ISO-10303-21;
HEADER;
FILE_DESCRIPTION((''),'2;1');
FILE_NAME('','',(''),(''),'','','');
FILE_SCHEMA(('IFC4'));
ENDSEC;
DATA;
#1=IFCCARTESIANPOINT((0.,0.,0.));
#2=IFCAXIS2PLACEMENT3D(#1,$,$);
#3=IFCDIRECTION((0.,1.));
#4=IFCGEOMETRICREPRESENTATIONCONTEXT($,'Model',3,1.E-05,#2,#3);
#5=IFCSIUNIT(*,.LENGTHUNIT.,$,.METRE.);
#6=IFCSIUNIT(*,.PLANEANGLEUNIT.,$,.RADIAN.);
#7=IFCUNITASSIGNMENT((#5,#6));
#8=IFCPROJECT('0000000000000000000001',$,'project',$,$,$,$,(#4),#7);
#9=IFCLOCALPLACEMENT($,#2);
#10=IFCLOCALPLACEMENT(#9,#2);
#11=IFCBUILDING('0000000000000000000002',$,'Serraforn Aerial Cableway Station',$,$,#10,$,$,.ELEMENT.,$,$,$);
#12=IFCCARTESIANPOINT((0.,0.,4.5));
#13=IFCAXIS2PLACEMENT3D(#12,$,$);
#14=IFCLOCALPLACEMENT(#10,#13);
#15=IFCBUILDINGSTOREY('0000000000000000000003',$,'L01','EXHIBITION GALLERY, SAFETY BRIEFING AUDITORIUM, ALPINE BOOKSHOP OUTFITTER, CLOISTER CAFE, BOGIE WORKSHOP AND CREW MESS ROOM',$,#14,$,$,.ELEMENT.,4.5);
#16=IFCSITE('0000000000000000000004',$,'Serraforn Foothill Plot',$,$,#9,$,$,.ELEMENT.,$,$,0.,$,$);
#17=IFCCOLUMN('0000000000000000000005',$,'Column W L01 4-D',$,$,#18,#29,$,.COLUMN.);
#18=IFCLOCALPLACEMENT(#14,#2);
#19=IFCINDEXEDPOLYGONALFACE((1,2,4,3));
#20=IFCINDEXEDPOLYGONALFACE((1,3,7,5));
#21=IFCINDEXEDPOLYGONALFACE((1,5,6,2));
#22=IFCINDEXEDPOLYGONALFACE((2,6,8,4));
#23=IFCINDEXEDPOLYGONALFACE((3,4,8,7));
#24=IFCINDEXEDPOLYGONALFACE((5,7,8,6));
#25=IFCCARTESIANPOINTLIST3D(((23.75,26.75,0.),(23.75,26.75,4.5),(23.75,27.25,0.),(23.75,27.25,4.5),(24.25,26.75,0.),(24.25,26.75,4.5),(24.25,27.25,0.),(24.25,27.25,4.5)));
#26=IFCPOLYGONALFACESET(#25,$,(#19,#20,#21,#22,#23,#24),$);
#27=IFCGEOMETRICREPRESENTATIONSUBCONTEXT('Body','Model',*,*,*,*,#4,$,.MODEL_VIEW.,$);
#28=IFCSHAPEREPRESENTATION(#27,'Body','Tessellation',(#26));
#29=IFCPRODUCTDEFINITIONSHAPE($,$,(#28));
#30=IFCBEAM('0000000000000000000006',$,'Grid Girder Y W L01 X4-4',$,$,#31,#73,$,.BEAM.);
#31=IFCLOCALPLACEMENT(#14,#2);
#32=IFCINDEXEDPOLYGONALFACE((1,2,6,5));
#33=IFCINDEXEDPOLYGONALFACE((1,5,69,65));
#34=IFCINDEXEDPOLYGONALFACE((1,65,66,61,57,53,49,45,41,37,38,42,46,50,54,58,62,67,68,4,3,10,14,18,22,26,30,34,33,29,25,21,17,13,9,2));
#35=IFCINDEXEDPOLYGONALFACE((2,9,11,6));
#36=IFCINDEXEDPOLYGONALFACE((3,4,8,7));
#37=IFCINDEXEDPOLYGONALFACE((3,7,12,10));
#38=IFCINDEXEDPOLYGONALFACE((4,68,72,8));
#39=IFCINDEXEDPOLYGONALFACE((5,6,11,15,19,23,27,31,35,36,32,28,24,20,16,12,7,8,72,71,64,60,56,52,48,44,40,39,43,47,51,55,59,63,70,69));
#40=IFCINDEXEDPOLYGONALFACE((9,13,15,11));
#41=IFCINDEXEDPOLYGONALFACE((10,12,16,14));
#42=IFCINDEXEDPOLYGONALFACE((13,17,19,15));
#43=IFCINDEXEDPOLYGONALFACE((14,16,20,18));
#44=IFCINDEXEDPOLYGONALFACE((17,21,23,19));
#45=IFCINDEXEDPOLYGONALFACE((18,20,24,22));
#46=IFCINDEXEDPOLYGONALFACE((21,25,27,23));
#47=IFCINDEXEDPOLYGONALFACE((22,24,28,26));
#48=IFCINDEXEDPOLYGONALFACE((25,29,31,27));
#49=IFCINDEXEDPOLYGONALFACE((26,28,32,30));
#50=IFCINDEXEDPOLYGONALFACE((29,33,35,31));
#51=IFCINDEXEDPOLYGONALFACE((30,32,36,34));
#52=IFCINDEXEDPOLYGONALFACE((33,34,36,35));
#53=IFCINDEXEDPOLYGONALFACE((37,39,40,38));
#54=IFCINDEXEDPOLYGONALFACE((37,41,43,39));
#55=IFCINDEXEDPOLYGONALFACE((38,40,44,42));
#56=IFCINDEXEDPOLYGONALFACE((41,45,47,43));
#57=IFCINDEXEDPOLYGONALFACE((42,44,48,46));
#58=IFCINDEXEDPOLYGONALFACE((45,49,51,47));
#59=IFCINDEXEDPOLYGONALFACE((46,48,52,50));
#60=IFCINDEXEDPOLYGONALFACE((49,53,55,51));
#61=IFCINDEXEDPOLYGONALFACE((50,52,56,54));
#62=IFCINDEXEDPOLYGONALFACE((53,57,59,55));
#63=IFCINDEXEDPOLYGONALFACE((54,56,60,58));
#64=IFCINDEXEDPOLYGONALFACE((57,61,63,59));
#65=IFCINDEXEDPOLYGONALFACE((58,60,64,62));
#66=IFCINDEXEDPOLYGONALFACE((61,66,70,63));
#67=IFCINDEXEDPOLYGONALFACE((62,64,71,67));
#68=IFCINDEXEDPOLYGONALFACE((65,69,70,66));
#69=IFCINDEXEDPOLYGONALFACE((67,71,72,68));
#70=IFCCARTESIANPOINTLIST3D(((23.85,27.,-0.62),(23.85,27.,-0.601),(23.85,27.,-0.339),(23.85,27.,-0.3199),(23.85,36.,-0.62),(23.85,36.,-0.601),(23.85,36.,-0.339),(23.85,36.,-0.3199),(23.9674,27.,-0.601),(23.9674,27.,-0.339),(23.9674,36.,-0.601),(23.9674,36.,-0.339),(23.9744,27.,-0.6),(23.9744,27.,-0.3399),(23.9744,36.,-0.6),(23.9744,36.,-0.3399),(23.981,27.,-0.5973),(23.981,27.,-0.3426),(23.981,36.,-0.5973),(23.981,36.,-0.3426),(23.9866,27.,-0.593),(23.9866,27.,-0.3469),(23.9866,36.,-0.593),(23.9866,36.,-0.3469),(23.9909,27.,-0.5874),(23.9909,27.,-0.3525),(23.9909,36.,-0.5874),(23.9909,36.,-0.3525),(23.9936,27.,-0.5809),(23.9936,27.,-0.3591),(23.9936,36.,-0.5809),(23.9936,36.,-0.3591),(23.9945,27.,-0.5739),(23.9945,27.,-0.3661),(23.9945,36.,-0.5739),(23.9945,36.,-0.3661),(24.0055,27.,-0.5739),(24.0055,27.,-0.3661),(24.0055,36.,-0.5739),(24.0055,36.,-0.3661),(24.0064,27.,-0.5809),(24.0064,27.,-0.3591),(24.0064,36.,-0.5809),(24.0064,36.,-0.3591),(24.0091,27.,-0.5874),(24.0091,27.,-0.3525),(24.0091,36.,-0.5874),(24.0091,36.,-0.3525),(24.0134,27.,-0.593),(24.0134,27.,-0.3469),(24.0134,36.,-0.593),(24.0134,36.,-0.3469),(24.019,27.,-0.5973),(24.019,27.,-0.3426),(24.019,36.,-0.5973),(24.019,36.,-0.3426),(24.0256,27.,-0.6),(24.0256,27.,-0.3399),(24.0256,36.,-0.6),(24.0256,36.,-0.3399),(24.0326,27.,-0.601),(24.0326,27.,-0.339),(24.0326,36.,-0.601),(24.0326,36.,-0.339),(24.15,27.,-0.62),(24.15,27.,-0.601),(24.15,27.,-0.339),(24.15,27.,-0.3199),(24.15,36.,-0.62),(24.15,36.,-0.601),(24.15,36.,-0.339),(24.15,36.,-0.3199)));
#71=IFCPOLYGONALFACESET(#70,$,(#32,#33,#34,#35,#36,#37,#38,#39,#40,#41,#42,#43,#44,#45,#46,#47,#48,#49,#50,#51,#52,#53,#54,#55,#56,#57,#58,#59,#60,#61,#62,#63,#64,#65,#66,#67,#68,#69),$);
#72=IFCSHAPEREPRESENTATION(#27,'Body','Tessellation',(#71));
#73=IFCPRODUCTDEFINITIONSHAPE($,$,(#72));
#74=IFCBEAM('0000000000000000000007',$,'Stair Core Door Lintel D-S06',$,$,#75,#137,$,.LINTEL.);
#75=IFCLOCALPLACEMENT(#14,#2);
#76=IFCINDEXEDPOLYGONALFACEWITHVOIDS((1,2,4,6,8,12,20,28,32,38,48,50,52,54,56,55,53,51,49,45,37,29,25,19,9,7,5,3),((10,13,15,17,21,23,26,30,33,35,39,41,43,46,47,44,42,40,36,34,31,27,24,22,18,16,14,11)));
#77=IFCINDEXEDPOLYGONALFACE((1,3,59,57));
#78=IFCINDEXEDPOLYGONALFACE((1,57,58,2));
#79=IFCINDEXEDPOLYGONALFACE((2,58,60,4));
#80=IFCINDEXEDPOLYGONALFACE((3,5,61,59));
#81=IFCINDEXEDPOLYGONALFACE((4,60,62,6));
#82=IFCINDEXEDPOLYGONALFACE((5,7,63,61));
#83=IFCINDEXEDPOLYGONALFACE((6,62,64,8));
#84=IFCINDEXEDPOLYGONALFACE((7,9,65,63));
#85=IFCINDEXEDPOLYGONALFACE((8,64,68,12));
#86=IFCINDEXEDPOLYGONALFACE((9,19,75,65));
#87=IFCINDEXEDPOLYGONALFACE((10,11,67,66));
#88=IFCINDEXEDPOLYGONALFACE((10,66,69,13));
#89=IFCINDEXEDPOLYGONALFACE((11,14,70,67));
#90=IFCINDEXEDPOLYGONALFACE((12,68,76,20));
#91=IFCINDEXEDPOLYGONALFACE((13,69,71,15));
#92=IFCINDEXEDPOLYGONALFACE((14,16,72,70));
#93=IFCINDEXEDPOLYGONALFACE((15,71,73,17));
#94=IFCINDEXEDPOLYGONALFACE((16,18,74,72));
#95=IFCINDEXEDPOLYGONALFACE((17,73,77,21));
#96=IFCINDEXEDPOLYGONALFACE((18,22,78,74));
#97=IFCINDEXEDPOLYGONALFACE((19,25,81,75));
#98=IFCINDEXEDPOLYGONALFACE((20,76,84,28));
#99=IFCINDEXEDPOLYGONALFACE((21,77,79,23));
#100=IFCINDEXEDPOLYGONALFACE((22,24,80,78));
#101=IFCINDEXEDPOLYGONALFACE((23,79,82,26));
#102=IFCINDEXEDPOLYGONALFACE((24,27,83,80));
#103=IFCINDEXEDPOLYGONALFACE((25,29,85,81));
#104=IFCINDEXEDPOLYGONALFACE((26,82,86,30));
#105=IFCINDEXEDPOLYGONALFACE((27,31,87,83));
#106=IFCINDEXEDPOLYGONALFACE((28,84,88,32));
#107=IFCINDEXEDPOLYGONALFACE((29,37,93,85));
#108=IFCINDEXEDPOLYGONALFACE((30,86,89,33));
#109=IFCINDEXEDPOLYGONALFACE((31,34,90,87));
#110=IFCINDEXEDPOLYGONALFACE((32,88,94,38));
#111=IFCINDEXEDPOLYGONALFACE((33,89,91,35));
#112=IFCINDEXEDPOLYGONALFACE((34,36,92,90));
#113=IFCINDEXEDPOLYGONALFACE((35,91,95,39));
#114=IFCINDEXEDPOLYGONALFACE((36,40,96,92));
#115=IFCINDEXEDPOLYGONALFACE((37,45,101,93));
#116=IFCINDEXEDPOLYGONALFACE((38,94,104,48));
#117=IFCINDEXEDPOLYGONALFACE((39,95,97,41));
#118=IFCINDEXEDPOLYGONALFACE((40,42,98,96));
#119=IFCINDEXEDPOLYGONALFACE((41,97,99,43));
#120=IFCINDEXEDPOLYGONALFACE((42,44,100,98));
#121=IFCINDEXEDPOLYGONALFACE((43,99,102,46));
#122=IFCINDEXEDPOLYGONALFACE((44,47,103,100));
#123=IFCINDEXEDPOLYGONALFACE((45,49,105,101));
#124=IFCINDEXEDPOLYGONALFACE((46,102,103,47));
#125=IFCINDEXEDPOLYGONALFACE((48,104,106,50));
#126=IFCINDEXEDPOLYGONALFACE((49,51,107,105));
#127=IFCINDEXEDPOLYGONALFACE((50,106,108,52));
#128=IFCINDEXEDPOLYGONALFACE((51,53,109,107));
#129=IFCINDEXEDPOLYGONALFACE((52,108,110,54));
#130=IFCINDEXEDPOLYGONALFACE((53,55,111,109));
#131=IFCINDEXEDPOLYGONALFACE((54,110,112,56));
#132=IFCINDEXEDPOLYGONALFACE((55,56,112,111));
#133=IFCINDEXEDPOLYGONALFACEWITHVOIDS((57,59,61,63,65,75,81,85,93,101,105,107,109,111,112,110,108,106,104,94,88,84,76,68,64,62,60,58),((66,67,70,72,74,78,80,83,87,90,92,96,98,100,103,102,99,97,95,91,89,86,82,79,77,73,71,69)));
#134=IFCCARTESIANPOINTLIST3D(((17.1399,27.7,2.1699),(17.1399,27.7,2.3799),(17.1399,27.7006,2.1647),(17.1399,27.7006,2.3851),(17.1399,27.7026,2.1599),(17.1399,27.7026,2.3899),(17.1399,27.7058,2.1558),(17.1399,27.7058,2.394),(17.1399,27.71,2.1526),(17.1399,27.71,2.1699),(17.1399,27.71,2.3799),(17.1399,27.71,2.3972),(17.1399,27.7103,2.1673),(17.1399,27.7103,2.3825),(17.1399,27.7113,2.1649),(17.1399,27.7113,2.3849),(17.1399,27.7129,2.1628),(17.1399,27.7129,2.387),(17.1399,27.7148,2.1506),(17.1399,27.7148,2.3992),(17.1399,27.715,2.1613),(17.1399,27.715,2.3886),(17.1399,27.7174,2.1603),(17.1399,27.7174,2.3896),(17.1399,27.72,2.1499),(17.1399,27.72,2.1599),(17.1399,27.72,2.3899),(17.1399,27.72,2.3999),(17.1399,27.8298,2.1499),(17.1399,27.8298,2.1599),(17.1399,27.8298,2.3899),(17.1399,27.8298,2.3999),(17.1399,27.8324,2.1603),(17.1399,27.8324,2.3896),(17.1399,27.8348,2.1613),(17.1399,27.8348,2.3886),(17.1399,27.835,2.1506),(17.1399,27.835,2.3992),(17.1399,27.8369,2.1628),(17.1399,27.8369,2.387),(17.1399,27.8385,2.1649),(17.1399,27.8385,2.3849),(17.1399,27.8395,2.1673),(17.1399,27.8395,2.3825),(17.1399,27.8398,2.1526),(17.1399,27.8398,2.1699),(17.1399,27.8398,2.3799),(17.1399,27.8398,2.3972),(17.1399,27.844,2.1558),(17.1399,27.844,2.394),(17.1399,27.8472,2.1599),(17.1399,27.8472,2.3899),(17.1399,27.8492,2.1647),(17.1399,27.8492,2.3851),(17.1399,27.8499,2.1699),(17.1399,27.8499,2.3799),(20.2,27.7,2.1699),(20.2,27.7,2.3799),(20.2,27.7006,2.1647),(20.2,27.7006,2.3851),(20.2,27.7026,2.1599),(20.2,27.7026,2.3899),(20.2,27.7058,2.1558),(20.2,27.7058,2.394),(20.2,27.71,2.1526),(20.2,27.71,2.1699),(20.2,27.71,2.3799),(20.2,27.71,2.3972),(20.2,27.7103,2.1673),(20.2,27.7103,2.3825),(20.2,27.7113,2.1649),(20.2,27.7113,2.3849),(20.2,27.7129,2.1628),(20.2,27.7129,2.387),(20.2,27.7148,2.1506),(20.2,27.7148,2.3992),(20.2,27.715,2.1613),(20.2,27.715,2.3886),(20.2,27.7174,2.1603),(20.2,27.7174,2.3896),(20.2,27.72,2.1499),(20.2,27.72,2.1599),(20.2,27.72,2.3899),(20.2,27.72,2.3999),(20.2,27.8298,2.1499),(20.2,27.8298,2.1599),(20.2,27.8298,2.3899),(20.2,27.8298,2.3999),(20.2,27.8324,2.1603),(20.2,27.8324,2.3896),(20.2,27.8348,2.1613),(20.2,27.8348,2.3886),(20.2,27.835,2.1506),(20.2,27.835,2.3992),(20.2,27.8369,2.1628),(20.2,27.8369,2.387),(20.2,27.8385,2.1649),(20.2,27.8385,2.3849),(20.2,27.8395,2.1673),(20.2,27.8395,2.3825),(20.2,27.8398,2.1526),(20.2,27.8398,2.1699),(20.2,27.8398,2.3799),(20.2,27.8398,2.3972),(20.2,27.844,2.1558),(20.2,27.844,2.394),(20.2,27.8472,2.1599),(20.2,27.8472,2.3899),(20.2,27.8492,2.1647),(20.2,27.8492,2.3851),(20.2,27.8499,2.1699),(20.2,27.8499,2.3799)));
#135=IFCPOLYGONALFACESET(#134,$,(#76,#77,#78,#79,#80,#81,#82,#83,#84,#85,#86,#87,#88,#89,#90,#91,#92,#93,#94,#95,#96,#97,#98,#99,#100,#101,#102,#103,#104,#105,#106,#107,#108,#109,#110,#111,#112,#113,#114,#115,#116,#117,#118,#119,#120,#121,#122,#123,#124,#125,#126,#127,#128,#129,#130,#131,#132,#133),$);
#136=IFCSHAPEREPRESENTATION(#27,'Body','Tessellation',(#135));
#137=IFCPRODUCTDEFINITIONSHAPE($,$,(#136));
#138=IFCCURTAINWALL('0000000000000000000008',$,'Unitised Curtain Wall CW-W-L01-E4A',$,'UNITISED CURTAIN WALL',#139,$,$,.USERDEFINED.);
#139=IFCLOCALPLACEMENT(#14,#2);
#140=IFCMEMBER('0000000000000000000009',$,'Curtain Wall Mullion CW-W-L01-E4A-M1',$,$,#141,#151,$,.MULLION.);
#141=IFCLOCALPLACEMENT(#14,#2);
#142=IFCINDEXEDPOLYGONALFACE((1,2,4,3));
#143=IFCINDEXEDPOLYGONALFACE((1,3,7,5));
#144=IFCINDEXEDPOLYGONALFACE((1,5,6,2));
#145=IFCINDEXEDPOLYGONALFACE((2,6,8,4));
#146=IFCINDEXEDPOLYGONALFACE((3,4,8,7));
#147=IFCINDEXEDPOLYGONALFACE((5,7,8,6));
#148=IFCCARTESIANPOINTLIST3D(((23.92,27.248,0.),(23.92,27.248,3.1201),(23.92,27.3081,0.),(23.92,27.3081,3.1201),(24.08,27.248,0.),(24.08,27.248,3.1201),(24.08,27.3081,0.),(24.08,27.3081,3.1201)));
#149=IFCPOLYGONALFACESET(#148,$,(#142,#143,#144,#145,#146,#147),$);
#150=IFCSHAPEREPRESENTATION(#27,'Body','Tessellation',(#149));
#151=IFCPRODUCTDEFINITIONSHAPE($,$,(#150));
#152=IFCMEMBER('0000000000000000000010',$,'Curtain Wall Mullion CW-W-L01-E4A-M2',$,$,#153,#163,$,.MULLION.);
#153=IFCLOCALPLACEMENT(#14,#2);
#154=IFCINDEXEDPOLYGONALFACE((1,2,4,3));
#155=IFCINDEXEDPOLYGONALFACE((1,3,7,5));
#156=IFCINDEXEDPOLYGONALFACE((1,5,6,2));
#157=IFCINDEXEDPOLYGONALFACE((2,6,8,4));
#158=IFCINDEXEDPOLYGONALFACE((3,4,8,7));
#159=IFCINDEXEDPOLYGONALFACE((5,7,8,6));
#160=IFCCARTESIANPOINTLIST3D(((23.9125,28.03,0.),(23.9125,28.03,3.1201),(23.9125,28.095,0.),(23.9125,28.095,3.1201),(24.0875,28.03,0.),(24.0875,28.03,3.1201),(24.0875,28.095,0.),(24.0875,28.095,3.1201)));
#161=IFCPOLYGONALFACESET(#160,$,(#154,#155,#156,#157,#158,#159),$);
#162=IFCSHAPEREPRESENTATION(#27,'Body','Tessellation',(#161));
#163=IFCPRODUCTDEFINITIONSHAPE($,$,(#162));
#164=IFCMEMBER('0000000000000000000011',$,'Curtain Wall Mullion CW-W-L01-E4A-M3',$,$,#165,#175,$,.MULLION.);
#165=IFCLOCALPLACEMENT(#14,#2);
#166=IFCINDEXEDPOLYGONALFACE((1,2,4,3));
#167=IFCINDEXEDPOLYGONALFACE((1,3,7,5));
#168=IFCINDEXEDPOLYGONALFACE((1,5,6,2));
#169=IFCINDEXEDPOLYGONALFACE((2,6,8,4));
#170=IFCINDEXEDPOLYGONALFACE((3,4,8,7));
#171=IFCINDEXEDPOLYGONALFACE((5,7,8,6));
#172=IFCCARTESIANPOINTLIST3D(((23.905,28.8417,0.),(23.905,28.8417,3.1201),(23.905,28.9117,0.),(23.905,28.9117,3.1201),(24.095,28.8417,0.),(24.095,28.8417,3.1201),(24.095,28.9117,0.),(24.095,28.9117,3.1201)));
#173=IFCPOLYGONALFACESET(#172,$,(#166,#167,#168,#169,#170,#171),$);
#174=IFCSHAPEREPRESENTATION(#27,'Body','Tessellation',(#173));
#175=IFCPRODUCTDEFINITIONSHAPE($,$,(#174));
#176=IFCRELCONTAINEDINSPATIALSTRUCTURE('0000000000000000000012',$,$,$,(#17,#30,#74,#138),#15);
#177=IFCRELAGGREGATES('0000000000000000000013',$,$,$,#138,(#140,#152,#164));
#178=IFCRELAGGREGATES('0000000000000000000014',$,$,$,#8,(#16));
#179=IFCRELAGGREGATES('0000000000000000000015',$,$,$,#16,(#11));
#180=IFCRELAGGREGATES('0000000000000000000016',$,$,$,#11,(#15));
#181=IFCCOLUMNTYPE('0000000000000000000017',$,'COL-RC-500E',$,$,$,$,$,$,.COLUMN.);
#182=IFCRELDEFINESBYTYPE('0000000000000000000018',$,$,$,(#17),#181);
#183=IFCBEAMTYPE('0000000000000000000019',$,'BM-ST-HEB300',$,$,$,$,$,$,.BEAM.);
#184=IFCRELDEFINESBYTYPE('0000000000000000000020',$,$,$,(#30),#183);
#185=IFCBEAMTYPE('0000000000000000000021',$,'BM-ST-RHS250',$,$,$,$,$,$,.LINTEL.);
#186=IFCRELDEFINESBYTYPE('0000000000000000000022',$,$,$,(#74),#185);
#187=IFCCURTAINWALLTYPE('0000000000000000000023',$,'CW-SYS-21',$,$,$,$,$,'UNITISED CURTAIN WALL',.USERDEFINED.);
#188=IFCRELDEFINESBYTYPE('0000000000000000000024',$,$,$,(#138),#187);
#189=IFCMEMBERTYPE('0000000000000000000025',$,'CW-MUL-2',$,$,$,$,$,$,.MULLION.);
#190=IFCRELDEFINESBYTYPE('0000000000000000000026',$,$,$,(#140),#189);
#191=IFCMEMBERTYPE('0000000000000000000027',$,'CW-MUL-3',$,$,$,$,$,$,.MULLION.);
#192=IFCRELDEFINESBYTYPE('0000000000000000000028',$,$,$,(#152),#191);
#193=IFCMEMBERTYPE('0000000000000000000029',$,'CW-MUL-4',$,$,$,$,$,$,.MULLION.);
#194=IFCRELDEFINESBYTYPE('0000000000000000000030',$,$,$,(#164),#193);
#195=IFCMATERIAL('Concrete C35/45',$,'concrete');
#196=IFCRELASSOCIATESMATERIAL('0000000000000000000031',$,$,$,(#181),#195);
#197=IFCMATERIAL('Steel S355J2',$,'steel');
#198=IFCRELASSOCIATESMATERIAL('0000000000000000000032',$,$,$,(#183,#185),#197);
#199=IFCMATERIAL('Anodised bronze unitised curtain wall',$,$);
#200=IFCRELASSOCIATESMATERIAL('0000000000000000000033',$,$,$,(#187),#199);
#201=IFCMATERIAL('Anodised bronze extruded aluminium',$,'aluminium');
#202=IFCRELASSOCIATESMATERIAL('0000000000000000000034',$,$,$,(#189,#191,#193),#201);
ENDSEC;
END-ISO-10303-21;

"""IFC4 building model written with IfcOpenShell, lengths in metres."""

from ifc_helpers import new_model, si_unit, direction, frame, origin, origin_2d, place, context, subcontext, project, spatial, rectangle, hollow_rectangle, i_section, extrude, material, material_profile, profile_set, type_object, element, aggregate, save


model = new_model("IFC4")

# Units and contexts
model_context = context("Model", 3, precision=1e-05, world=origin(), true_north=direction((0.0, 1.0)))
body_context = subcontext(model_context, "Body", "Model", "MODEL_VIEW")
ifc_project = project(units=[si_unit("LENGTHUNIT", "METRE"), si_unit("PLANEANGLEUNIT", "RADIAN")], contexts=[model_context])

# Site, building, storey
site_placement = place(None, origin())
site = spatial("IfcSite", under=ifc_project, at=site_placement, Name="Serraforn Foothill Plot", CompositionType="ELEMENT", RefElevation=0.0)
building_placement = place(site_placement, origin())
building = spatial("IfcBuilding", under=site, at=building_placement, Name="Serraforn Aerial Cableway Station", CompositionType="ELEMENT")
storey_placement = place(building_placement, frame((0.0, 0.0, 4.5)))
storey = spatial("IfcBuildingStorey", under=building, at=storey_placement, Name="L01", Description="EXHIBITION GALLERY, SAFETY BRIEFING AUDITORIUM, ALPINE BOOKSHOP OUTFITTER, CLOISTER CAFE, BOGIE WORKSHOP AND CREW MESS ROOM", CompositionType="ELEMENT", Elevation=4.5)

# Column
ifc_material_1 = material(Name="Concrete C35/45", Category="concrete")
ifc_material_profile_1 = material_profile(ifc_material_1, rectangle(XDim=0.5, YDim=0.5, at=origin_2d()), Name="RC 500x500")
ifc_profile_set_1 = profile_set([ifc_material_profile_1], Name="Concrete C35/45")
column_type = type_object("IfcColumnType", Name="COL-RC-500E", PredefinedType="COLUMN", material=ifc_profile_set_1)
column_placement = place(storey_placement, frame((24.0, 27.0, 0.0), z_axis=(0.0, 0.0, 1.0), x_axis=(1.0, 0.0, 0.0)))
element("IfcColumn", 1, at=column_placement, inside=storey, type_object=column_type, Name="Column W L01 4-D", PredefinedType="COLUMN", context=body_context, shape_type="SweptSolid", body=[
    extrude(rectangle(XDim=0.5, YDim=0.5, at=origin_2d()), origin(), (0.0, 0.0, 1.0), 4.5),
])

# Beams
ifc_material_2 = material(Name="Steel S355J2", Category="steel")
ifc_material_profile_2 = material_profile(ifc_material_2, i_section(OverallWidth=0.3, OverallDepth=0.3, WebThickness=0.011, FlangeThickness=0.019, FilletRadius=0.0271, at=origin_2d()), Name="HEB 300")
ifc_profile_set_2 = profile_set([ifc_material_profile_2], Name="Steel S355J2")
beam_type_1 = type_object("IfcBeamType", Name="BM-ST-HEB300", PredefinedType="BEAM", material=ifc_profile_set_2)
beam_1_placement = place(storey_placement, frame((24.0, 27.0, -0.47), z_axis=(0.0, 1.0, 0.0), x_axis=(-1.0, 0.0, 0.0)))
element("IfcBeam", 2, at=beam_1_placement, inside=storey, type_object=beam_type_1, Name="Grid Girder Y W L01 X4-4", PredefinedType="BEAM", context=body_context, shape_type="SweptSolid", body=[
    extrude(i_section(OverallWidth=0.3, OverallDepth=0.3, WebThickness=0.011, FlangeThickness=0.019, FilletRadius=0.0271, at=origin_2d()), origin(), (0.0, 0.0, 1.0), 9.0),
])
ifc_material_profile_3 = material_profile(ifc_material_2, hollow_rectangle(XDim=0.1499, YDim=0.25, WallThickness=0.01, InnerFilletRadius=0.01, OuterFilletRadius=0.02, at=origin_2d()), Name="RHS 250x150x10.0")
ifc_profile_set_3 = profile_set([ifc_material_profile_3], Name="Steel S355J2")
beam_type_2 = type_object("IfcBeamType", Name="BM-ST-RHS250", PredefinedType="LINTEL", material=ifc_profile_set_3)
beam_2_placement = place(storey_placement, frame((20.2, 27.7749, 2.2749), z_axis=(-1.0, 0.0, 0.0), x_axis=(0.0, -1.0, 0.0)))
element("IfcBeam", 3, at=beam_2_placement, inside=storey, type_object=beam_type_2, Name="Stair Core Door Lintel D-S06", PredefinedType="LINTEL", context=body_context, shape_type="SweptSolid", body=[
    extrude(hollow_rectangle(XDim=0.1499, YDim=0.25, WallThickness=0.01, InnerFilletRadius=0.01, OuterFilletRadius=0.02, at=origin_2d()), origin(), (0.0, 0.0, 1.0), 3.0601),
])

# Curtain wall, members
ifc_material_3 = material(Name="Anodised bronze unitised curtain wall")
curtain_wall_type = type_object("IfcCurtainWallType", Name="CW-SYS-21", ElementType="UNITISED CURTAIN WALL", PredefinedType="USERDEFINED", material=ifc_material_3)
curtain_wall_placement = place(storey_placement, origin())
curtain_wall = element("IfcCurtainWall", 4, at=curtain_wall_placement, inside=storey, type_object=curtain_wall_type, Name="Unitised Curtain Wall CW-W-L01-E4A", ObjectType="UNITISED CURTAIN WALL", PredefinedType="USERDEFINED")
ifc_material_4 = material(Name="Anodised bronze extruded aluminium", Category="aluminium")
ifc_material_profile_4 = material_profile(ifc_material_4, rectangle(XDim=0.0601, YDim=0.1599, at=origin_2d()), Name="CW MULLION 60x160")
ifc_profile_set_4 = profile_set([ifc_material_profile_4], Name="Anodised bronze extruded aluminium")
member_type_1 = type_object("IfcMemberType", Name="CW-MUL-2", PredefinedType="MULLION", material=ifc_profile_set_4)
member_1_placement = place(storey_placement, frame((24.0, 27.2781, 0.0), z_axis=(0.0, 0.0, 1.0), x_axis=(0.0, 1.0, 0.0)))
member_1 = element("IfcMember", 5, at=member_1_placement, type_object=member_type_1, Name="Curtain Wall Mullion CW-W-L01-E4A-M1", PredefinedType="MULLION", context=body_context, shape_type="SweptSolid", body=[
    extrude(rectangle(XDim=0.0601, YDim=0.1599, at=origin_2d()), origin(), (0.0, 0.0, 1.0), 3.1201),
])
ifc_material_profile_5 = material_profile(ifc_material_4, rectangle(XDim=0.0649, YDim=0.175, at=origin_2d()), Name="CW MULLION 65x175")
ifc_profile_set_5 = profile_set([ifc_material_profile_5], Name="Anodised bronze extruded aluminium")
member_type_2 = type_object("IfcMemberType", Name="CW-MUL-3", PredefinedType="MULLION", material=ifc_profile_set_5)
member_2_placement = place(storey_placement, frame((24.0, 28.0625, 0.0), z_axis=(0.0, 0.0, 1.0), x_axis=(0.0, 1.0, 0.0)))
member_2 = element("IfcMember", 6, at=member_2_placement, type_object=member_type_2, Name="Curtain Wall Mullion CW-W-L01-E4A-M2", PredefinedType="MULLION", context=body_context, shape_type="SweptSolid", body=[
    extrude(rectangle(XDim=0.0649, YDim=0.175, at=origin_2d()), origin(), (0.0, 0.0, 1.0), 3.1201),
])
ifc_material_profile_6 = material_profile(ifc_material_4, rectangle(XDim=0.0701, YDim=0.1899, at=origin_2d()), Name="CW MULLION 70x190")
ifc_profile_set_6 = profile_set([ifc_material_profile_6], Name="Anodised bronze extruded aluminium")
member_type_3 = type_object("IfcMemberType", Name="CW-MUL-4", PredefinedType="MULLION", material=ifc_profile_set_6)
member_3_placement = place(storey_placement, frame((24.0, 28.8767, 0.0), z_axis=(0.0, 0.0, 1.0), x_axis=(0.0, 1.0, 0.0)))
member_3 = element("IfcMember", 7, at=member_3_placement, type_object=member_type_3, Name="Curtain Wall Mullion CW-W-L01-E4A-M3", PredefinedType="MULLION", context=body_context, shape_type="SweptSolid", body=[
    extrude(rectangle(XDim=0.0701, YDim=0.1899, at=origin_2d()), origin(), (0.0, 0.0, 1.0), 3.1201),
])
aggregate(curtain_wall, [member_1, member_2, member_3])

save(model, "model.ifc")
